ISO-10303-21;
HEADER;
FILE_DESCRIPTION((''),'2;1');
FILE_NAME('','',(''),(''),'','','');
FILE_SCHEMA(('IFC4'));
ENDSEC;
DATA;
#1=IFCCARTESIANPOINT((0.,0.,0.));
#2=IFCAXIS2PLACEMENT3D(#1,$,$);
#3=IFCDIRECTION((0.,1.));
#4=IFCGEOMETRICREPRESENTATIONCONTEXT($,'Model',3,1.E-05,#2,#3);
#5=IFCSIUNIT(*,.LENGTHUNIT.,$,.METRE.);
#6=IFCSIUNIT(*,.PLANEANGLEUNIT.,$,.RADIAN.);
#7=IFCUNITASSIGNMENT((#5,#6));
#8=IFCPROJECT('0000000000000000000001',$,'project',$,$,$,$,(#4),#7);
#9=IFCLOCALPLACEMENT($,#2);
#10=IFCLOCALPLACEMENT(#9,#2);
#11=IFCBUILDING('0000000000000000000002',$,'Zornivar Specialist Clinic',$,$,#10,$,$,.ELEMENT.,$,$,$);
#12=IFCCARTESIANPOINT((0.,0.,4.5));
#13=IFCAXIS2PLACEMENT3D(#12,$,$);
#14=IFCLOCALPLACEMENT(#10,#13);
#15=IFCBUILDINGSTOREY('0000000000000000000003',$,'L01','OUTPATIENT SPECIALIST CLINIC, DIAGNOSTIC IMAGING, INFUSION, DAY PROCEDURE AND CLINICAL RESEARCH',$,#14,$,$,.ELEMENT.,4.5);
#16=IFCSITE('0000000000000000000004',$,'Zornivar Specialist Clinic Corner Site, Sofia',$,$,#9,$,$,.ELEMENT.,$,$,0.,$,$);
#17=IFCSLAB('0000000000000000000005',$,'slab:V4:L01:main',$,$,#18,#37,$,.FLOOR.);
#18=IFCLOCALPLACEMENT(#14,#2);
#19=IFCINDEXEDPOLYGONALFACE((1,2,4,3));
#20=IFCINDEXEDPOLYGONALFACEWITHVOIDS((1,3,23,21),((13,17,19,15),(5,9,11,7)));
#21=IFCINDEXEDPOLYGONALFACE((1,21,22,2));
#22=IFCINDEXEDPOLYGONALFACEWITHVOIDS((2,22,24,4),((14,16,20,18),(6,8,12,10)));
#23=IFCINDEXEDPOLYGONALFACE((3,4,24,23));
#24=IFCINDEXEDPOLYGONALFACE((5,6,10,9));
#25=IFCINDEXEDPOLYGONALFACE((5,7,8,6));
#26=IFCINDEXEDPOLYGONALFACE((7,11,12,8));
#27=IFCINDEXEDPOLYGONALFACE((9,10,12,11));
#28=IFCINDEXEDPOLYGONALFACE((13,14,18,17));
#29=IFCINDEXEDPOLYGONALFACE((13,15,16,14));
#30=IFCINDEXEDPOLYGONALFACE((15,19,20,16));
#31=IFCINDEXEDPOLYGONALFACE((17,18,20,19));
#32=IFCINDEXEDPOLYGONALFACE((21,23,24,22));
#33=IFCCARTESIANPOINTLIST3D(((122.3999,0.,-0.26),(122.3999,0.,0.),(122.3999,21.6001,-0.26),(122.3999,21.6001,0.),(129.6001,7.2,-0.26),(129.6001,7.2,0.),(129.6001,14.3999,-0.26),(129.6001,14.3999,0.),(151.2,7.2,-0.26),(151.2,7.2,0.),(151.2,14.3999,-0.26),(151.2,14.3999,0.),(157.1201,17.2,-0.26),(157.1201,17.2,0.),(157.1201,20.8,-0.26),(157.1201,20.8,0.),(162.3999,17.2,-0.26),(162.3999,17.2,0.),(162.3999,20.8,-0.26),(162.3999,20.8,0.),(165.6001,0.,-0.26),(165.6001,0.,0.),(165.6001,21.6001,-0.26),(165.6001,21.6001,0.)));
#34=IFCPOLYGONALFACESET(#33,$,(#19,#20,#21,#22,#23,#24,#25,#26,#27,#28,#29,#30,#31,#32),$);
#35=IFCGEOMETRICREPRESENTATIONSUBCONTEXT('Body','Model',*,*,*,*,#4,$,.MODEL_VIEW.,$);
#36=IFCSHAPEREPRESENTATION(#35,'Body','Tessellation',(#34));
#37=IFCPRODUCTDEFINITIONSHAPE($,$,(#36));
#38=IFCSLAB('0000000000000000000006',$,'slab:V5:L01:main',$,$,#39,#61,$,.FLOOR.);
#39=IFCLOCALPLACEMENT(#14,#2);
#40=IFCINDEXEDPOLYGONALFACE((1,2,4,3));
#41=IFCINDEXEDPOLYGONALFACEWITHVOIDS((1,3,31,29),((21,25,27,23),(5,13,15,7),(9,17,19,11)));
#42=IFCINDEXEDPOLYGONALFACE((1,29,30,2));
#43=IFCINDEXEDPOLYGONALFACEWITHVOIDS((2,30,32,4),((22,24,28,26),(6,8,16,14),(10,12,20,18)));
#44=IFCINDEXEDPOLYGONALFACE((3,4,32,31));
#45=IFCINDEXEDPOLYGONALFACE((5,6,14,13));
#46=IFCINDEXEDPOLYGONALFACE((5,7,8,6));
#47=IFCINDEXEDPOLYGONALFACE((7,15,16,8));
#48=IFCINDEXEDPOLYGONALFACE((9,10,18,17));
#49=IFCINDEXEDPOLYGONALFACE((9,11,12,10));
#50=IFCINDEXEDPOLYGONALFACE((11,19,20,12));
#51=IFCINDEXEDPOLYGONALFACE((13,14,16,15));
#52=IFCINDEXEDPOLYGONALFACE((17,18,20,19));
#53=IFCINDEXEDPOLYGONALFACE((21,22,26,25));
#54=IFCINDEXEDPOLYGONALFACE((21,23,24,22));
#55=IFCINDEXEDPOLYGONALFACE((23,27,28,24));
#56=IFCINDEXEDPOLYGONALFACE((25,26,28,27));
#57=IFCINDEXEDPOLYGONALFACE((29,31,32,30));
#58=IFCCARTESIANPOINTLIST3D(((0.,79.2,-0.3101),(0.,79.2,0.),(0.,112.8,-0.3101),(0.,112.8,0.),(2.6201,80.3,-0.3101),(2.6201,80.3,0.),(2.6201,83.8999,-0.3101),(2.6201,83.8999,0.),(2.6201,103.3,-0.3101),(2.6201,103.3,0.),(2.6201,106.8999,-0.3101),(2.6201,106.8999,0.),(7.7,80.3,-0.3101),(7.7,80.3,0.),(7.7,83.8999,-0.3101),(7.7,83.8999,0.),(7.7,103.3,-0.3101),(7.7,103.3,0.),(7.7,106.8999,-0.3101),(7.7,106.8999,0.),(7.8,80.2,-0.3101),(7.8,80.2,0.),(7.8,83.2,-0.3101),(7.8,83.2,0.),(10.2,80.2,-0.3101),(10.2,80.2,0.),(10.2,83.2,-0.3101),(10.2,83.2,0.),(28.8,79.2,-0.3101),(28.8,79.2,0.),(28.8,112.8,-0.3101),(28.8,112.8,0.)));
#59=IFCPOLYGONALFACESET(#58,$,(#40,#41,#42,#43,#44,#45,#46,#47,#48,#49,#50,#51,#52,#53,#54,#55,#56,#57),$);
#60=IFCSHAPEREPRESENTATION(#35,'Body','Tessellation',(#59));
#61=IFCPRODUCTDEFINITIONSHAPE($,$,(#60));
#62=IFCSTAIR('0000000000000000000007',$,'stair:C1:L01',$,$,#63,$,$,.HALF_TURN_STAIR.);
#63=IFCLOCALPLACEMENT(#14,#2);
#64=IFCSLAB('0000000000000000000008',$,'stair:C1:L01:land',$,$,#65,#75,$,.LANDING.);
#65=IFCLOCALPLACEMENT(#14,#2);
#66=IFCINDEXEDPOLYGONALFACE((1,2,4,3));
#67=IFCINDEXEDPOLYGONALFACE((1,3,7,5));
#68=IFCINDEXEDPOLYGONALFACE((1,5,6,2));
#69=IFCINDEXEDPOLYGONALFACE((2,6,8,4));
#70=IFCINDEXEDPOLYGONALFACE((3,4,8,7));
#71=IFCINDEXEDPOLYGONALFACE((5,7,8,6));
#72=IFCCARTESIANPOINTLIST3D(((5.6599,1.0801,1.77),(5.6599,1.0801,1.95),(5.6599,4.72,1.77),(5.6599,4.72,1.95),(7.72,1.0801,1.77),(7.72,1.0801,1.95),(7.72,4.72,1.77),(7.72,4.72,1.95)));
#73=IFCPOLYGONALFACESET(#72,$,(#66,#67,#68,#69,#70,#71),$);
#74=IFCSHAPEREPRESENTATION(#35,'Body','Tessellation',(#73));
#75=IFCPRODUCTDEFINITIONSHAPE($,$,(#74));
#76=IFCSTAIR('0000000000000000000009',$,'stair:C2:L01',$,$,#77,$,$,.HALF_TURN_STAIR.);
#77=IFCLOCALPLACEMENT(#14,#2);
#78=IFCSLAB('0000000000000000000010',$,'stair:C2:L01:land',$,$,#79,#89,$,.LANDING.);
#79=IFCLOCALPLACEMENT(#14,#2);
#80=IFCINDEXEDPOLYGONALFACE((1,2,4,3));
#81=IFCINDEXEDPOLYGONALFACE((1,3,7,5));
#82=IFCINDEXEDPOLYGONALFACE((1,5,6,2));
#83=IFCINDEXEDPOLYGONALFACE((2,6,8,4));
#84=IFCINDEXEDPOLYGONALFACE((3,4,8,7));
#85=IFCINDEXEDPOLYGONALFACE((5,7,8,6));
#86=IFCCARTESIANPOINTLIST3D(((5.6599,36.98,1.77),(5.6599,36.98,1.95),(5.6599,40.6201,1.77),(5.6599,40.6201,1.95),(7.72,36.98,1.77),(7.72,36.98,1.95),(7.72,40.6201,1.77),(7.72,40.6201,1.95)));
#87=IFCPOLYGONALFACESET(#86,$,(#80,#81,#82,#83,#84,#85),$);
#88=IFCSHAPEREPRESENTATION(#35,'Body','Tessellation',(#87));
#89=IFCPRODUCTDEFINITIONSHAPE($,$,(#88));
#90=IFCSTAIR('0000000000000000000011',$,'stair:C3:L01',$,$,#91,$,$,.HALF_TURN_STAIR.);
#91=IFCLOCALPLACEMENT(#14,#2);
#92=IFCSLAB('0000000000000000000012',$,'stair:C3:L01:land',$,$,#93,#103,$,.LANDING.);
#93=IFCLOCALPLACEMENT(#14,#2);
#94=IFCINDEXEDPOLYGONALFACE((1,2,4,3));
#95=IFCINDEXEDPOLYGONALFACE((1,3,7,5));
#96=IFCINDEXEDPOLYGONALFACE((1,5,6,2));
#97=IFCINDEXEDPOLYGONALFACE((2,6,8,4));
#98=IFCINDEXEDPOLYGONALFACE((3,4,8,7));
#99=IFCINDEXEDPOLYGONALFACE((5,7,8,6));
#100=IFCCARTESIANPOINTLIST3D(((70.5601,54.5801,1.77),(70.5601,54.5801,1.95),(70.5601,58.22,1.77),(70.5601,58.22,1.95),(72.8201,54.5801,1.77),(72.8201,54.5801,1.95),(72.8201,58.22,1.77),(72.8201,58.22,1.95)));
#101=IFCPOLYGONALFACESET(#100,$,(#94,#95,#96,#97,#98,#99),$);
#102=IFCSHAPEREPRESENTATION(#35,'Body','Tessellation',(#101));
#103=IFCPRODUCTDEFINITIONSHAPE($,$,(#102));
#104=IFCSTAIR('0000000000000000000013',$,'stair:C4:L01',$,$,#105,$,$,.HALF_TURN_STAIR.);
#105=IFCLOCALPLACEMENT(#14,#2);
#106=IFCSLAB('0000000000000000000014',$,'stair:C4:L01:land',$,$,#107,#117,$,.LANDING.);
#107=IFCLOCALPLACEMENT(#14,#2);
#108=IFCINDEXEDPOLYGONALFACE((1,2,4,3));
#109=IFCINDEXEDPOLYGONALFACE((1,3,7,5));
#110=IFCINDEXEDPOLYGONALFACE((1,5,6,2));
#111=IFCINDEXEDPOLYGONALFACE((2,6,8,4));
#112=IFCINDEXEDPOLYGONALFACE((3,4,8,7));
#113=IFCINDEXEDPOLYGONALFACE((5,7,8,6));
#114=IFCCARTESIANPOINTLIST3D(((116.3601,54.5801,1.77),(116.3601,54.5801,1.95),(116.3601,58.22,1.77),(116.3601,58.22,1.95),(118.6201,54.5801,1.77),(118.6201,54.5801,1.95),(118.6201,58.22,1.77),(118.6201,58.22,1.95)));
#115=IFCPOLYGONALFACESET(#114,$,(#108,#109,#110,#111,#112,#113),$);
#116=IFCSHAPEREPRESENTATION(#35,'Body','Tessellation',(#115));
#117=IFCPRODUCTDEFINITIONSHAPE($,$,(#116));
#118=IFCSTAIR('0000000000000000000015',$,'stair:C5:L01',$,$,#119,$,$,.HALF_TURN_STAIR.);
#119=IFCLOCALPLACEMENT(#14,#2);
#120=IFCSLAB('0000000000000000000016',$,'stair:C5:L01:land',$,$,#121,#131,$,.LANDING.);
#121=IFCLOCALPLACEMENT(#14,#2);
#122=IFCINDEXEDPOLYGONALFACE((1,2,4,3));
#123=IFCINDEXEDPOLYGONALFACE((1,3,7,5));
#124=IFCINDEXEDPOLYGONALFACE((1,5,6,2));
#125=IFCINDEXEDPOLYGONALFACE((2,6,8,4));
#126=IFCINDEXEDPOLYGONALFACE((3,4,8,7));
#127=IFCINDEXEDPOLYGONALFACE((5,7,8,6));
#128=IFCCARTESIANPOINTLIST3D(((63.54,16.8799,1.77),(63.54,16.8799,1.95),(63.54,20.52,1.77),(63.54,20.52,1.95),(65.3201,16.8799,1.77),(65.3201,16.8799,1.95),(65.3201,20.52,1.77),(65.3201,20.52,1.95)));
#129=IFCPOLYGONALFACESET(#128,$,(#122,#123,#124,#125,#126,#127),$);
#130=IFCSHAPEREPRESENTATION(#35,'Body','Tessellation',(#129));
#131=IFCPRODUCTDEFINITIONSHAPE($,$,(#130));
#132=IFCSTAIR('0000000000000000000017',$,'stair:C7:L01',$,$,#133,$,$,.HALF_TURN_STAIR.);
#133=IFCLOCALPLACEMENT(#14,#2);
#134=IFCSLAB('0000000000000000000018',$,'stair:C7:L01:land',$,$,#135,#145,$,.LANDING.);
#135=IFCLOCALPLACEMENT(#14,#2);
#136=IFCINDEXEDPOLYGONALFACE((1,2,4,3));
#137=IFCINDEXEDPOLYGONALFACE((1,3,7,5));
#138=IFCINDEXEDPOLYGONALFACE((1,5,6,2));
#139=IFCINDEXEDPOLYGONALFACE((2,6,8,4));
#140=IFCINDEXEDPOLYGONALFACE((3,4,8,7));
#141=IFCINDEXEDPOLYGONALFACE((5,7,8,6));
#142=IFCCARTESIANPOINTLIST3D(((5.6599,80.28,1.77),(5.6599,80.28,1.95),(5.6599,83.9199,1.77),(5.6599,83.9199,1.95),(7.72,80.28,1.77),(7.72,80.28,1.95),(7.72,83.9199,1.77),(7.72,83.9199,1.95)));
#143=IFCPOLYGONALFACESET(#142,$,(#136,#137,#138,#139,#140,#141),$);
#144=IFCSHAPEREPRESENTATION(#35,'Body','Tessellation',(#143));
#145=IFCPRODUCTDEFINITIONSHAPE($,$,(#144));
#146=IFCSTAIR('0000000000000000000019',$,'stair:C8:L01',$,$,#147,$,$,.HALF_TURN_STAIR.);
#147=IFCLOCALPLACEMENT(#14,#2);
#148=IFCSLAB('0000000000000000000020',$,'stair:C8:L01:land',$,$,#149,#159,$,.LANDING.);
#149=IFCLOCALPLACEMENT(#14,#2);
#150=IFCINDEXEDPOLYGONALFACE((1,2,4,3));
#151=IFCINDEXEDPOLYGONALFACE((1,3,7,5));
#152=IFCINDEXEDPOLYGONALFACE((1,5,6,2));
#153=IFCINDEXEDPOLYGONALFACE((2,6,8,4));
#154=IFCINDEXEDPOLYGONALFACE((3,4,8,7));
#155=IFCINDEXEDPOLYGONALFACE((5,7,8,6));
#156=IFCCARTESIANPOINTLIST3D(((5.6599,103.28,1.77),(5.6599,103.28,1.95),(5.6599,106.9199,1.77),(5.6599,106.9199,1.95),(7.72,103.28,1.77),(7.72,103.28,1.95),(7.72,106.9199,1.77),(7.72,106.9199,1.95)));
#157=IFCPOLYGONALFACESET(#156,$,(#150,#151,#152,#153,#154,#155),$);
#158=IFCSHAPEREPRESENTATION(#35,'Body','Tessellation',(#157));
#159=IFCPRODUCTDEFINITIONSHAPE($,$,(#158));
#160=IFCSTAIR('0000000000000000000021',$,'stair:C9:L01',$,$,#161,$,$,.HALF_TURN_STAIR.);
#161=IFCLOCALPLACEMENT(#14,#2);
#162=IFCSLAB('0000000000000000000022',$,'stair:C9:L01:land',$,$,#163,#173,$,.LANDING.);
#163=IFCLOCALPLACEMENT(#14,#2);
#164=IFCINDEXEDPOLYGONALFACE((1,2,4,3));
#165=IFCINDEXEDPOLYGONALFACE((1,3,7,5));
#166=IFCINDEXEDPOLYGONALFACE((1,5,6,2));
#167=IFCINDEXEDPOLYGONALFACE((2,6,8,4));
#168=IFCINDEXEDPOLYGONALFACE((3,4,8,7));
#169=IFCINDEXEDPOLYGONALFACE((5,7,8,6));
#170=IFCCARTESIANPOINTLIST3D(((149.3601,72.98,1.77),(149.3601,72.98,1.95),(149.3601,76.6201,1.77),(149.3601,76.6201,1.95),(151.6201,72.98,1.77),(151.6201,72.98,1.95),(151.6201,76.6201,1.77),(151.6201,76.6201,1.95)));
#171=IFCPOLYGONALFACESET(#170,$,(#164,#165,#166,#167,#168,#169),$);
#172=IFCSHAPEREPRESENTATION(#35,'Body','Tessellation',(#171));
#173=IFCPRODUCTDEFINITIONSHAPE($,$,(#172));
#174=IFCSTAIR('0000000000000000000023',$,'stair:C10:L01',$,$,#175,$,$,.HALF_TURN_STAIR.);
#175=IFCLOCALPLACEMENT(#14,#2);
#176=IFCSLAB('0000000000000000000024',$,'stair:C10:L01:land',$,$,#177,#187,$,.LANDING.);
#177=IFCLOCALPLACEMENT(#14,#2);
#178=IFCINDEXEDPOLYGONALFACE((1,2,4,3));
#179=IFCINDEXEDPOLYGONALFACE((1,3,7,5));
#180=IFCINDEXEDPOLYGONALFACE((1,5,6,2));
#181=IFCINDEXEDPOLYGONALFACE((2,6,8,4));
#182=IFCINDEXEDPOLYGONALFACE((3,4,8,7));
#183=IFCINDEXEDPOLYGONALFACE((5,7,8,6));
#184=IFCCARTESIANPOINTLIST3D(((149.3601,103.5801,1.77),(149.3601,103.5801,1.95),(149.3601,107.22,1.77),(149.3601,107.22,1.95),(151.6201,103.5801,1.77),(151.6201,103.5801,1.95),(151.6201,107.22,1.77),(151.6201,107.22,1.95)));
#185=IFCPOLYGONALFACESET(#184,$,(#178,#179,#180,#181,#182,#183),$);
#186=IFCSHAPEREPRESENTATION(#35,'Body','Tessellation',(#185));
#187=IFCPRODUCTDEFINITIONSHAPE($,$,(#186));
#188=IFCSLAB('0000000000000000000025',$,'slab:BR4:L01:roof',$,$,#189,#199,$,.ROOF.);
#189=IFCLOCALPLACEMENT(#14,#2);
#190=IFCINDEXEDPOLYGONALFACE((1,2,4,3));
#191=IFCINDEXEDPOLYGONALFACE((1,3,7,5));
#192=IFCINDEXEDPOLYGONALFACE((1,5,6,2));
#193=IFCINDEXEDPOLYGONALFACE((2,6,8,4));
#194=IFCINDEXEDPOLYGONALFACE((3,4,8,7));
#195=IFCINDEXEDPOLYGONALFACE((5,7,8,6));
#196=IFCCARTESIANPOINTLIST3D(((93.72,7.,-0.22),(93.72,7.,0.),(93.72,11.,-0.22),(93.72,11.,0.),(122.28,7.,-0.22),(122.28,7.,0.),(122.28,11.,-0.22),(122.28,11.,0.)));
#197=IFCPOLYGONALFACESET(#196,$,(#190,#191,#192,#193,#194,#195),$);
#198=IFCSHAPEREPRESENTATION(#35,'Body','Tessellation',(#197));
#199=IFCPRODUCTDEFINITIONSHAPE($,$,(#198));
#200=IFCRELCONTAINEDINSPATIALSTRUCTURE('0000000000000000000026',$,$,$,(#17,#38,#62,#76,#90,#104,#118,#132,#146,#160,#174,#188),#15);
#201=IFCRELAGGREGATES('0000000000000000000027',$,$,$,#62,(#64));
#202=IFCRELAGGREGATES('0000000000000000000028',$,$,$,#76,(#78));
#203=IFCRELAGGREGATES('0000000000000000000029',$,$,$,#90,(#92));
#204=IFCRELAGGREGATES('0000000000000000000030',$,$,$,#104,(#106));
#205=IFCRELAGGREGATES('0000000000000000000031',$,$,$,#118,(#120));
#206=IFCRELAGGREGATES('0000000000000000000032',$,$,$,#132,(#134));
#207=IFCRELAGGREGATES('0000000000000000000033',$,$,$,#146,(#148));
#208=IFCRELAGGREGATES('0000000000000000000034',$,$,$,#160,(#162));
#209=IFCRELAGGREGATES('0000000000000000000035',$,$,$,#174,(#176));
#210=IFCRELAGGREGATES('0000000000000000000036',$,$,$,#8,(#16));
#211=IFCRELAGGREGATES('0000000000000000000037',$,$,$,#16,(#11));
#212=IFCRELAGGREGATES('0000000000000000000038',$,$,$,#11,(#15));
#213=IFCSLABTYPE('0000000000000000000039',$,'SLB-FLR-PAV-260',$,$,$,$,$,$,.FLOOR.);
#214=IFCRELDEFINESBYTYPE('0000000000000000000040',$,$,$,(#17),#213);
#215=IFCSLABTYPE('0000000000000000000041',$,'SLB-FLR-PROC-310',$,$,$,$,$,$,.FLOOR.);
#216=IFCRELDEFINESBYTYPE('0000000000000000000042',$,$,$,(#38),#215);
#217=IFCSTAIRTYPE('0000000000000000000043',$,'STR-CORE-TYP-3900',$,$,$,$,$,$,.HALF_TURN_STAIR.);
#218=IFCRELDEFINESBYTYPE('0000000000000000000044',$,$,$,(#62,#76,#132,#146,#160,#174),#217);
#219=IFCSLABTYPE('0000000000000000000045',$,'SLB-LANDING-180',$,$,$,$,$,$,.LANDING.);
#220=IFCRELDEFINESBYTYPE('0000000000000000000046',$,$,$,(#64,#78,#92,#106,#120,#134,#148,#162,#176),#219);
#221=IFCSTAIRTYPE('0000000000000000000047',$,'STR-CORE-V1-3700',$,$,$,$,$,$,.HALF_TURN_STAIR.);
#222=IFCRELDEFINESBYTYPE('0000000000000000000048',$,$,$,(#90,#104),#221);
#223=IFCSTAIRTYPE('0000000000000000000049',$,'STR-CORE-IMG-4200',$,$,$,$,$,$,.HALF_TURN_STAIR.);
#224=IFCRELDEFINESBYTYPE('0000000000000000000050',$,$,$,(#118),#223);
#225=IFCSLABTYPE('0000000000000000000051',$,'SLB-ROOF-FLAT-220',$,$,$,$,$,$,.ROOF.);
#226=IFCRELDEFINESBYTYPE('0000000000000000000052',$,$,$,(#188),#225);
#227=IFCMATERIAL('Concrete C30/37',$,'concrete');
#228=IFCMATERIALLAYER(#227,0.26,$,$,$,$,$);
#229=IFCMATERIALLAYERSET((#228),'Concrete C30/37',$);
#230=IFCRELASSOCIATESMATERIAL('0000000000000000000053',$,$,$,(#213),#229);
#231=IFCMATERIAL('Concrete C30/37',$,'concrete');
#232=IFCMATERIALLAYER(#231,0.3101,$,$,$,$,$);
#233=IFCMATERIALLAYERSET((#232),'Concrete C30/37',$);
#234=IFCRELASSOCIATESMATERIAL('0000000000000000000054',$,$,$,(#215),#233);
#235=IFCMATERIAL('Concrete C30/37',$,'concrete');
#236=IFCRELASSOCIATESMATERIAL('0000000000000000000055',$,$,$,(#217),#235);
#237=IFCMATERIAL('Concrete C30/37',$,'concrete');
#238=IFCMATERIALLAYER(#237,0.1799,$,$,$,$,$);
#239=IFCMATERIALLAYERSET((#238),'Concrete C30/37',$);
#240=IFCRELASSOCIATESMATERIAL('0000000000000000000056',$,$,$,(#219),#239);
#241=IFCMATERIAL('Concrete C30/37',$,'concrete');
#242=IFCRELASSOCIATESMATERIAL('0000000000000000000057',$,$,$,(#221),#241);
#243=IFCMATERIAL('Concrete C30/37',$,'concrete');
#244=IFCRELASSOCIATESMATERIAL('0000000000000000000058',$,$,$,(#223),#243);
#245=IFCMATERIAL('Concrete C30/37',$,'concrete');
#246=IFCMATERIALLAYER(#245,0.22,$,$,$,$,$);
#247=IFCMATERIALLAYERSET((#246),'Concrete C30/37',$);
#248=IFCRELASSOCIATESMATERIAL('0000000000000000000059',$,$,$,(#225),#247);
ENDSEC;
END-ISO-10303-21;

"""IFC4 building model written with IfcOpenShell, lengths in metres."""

from ifc_helpers import new_model, si_unit, direction, frame, origin, place, context, subcontext, project, spatial, polyline, outline, extrude, material, layer, layer_set, type_object, element, aggregate, save


model = new_model("IFC4")

# Units and contexts
model_context = context("Model", 3, precision=1e-05, world=origin(), true_north=direction((0.0, 1.0)))
body_context = subcontext(model_context, "Body", "Model", "MODEL_VIEW")
ifc_project = project(units=[si_unit("LENGTHUNIT", "METRE"), si_unit("PLANEANGLEUNIT", "RADIAN")], contexts=[model_context])

# Site, building, storey
site_placement = place(None, origin())
site = spatial("IfcSite", under=ifc_project, at=site_placement, Name="Zornivar Specialist Clinic Corner Site, Sofia", CompositionType="ELEMENT", RefElevation=0.0)
building_placement = place(site_placement, origin())
building = spatial("IfcBuilding", under=site, at=building_placement, Name="Zornivar Specialist Clinic", CompositionType="ELEMENT")
storey_placement = place(building_placement, frame((0.0, 0.0, 4.5)))
storey = spatial("IfcBuildingStorey", under=building, at=storey_placement, Name="L01", Description="OUTPATIENT SPECIALIST CLINIC, DIAGNOSTIC IMAGING, INFUSION, DAY PROCEDURE AND CLINICAL RESEARCH", CompositionType="ELEMENT", Elevation=4.5)

# Slabs
ifc_material_1 = material(Name="Concrete C30/37", Category="concrete")
ifc_layer_1 = layer(ifc_material_1, 0.26)
ifc_layer_set_1 = layer_set([ifc_layer_1], Name="Concrete C30/37")
slab_type_1 = type_object("IfcSlabType", Name="SLB-FLR-PAV-260", PredefinedType="FLOOR", material=ifc_layer_set_1)
slab_1_placement = place(storey_placement, frame((0.0, 0.0, -0.26)))
element("IfcSlab", 1, at=slab_1_placement, inside=storey, type_object=slab_type_1, Name="slab:V4:L01:main", PredefinedType="FLOOR", context=body_context, shape_type="SweptSolid", body=[
    extrude(outline(polyline([(122.3999, 0.0), (165.6001, 0.0), (165.6001, 21.6001), (122.3999, 21.6001), (122.3999, 0.0)]), holes=[polyline([(157.1201, 17.2), (162.3999, 17.2), (162.3999, 20.8), (157.1201, 20.8), (157.1201, 17.2)]), polyline([(129.6001, 7.2), (151.2, 7.2), (151.2, 14.3999), (129.6001, 14.3999), (129.6001, 7.2)])]), origin(), (0.0, 0.0, 1.0), 0.26),
])
ifc_material_2 = material(Name="Concrete C30/37", Category="concrete")
ifc_layer_2 = layer(ifc_material_2, 0.3101)
ifc_layer_set_2 = layer_set([ifc_layer_2], Name="Concrete C30/37")
slab_type_2 = type_object("IfcSlabType", Name="SLB-FLR-PROC-310", PredefinedType="FLOOR", material=ifc_layer_set_2)
slab_2_placement = place(storey_placement, frame((0.0, 0.0, -0.3101)))
element("IfcSlab", 2, at=slab_2_placement, inside=storey, type_object=slab_type_2, Name="slab:V5:L01:main", PredefinedType="FLOOR", context=body_context, shape_type="SweptSolid", body=[
    extrude(outline(polyline([(0.0, 79.2), (28.8, 79.2), (28.8, 112.8), (0.0, 112.8), (0.0, 79.2)]), holes=[polyline([(2.6201, 80.3), (7.7, 80.3), (7.7, 83.8999), (2.6201, 83.8999), (2.6201, 80.3)]), polyline([(7.8, 80.2), (10.2, 80.2), (10.2, 83.2), (7.8, 83.2), (7.8, 80.2)]), polyline([(2.6201, 103.3), (7.7, 103.3), (7.7, 106.8999), (2.6201, 106.8999), (2.6201, 103.3)])]), origin(), (0.0, 0.0, 1.0), 0.3101),
])

# Stairs, slabs
ifc_material_3 = material(Name="Concrete C30/37", Category="concrete")
stair_type_1 = type_object("IfcStairType", Name="STR-CORE-TYP-3900", PredefinedType="HALF_TURN_STAIR", material=ifc_material_3)
stair_1_placement = place(storey_placement, origin())
stair_1 = element("IfcStair", 3, at=stair_1_placement, inside=storey, type_object=stair_type_1, Name="stair:C1:L01", PredefinedType="HALF_TURN_STAIR")
ifc_material_4 = material(Name="Concrete C30/37", Category="concrete")
ifc_layer_3 = layer(ifc_material_4, 0.1799)
ifc_layer_set_3 = layer_set([ifc_layer_3], Name="Concrete C30/37")
slab_type_3 = type_object("IfcSlabType", Name="SLB-LANDING-180", PredefinedType="LANDING", material=ifc_layer_set_3)
slab_3_placement = place(storey_placement, frame((0.0, 0.0, 1.77)))
slab_3 = element("IfcSlab", 4, at=slab_3_placement, type_object=slab_type_3, Name="stair:C1:L01:land", PredefinedType="LANDING", context=body_context, shape_type="SweptSolid", body=[
    extrude(outline(polyline([(5.6599, 1.0801), (7.72, 1.0801), (7.72, 4.72), (5.6599, 4.72), (5.6599, 1.0801)])), origin(), (0.0, 0.0, 1.0), 0.1799),
])
aggregate(stair_1, [slab_3])
stair_2_placement = place(storey_placement, origin())
stair_2 = element("IfcStair", 5, at=stair_2_placement, inside=storey, type_object=stair_type_1, Name="stair:C2:L01", PredefinedType="HALF_TURN_STAIR")
slab_4_placement = place(storey_placement, frame((0.0, 0.0, 1.77)))
slab_4 = element("IfcSlab", 6, at=slab_4_placement, type_object=slab_type_3, Name="stair:C2:L01:land", PredefinedType="LANDING", context=body_context, shape_type="SweptSolid", body=[
    extrude(outline(polyline([(5.6599, 36.98), (7.72, 36.98), (7.72, 40.6201), (5.6599, 40.6201), (5.6599, 36.98)])), origin(), (0.0, 0.0, 1.0), 0.1799),
])
aggregate(stair_2, [slab_4])
ifc_material_5 = material(Name="Concrete C30/37", Category="concrete")
stair_type_2 = type_object("IfcStairType", Name="STR-CORE-V1-3700", PredefinedType="HALF_TURN_STAIR", material=ifc_material_5)
stair_3_placement = place(storey_placement, origin())
stair_3 = element("IfcStair", 7, at=stair_3_placement, inside=storey, type_object=stair_type_2, Name="stair:C3:L01", PredefinedType="HALF_TURN_STAIR")
slab_5_placement = place(storey_placement, frame((0.0, 0.0, 1.77)))
slab_5 = element("IfcSlab", 8, at=slab_5_placement, type_object=slab_type_3, Name="stair:C3:L01:land", PredefinedType="LANDING", context=body_context, shape_type="SweptSolid", body=[
    extrude(outline(polyline([(70.5601, 54.5801), (72.8201, 54.5801), (72.8201, 58.22), (70.5601, 58.22), (70.5601, 54.5801)])), origin(), (0.0, 0.0, 1.0), 0.1799),
])
aggregate(stair_3, [slab_5])
stair_4_placement = place(storey_placement, origin())
stair_4 = element("IfcStair", 9, at=stair_4_placement, inside=storey, type_object=stair_type_2, Name="stair:C4:L01", PredefinedType="HALF_TURN_STAIR")
slab_6_placement = place(storey_placement, frame((0.0, 0.0, 1.77)))
slab_6 = element("IfcSlab", 10, at=slab_6_placement, type_object=slab_type_3, Name="stair:C4:L01:land", PredefinedType="LANDING", context=body_context, shape_type="SweptSolid", body=[
    extrude(outline(polyline([(116.3601, 54.5801), (118.6201, 54.5801), (118.6201, 58.22), (116.3601, 58.22), (116.3601, 54.5801)])), origin(), (0.0, 0.0, 1.0), 0.1799),
])
aggregate(stair_4, [slab_6])
ifc_material_6 = material(Name="Concrete C30/37", Category="concrete")
stair_type_3 = type_object("IfcStairType", Name="STR-CORE-IMG-4200", PredefinedType="HALF_TURN_STAIR", material=ifc_material_6)
stair_5_placement = place(storey_placement, origin())
stair_5 = element("IfcStair", 11, at=stair_5_placement, inside=storey, type_object=stair_type_3, Name="stair:C5:L01", PredefinedType="HALF_TURN_STAIR")
slab_7_placement = place(storey_placement, frame((0.0, 0.0, 1.77)))
slab_7 = element("IfcSlab", 12, at=slab_7_placement, type_object=slab_type_3, Name="stair:C5:L01:land", PredefinedType="LANDING", context=body_context, shape_type="SweptSolid", body=[
    extrude(outline(polyline([(63.54, 16.8799), (65.3201, 16.8799), (65.3201, 20.52), (63.54, 20.52), (63.54, 16.8799)])), origin(), (0.0, 0.0, 1.0), 0.1799),
])
aggregate(stair_5, [slab_7])
stair_6_placement = place(storey_placement, origin())
stair_6 = element("IfcStair", 13, at=stair_6_placement, inside=storey, type_object=stair_type_1, Name="stair:C7:L01", PredefinedType="HALF_TURN_STAIR")
slab_8_placement = place(storey_placement, frame((0.0, 0.0, 1.77)))
slab_8 = element("IfcSlab", 14, at=slab_8_placement, type_object=slab_type_3, Name="stair:C7:L01:land", PredefinedType="LANDING", context=body_context, shape_type="SweptSolid", body=[
    extrude(outline(polyline([(5.6599, 80.28), (7.72, 80.28), (7.72, 83.9199), (5.6599, 83.9199), (5.6599, 80.28)])), origin(), (0.0, 0.0, 1.0), 0.1799),
])
aggregate(stair_6, [slab_8])
stair_7_placement = place(storey_placement, origin())
stair_7 = element("IfcStair", 15, at=stair_7_placement, inside=storey, type_object=stair_type_1, Name="stair:C8:L01", PredefinedType="HALF_TURN_STAIR")
slab_9_placement = place(storey_placement, frame((0.0, 0.0, 1.77)))
slab_9 = element("IfcSlab", 16, at=slab_9_placement, type_object=slab_type_3, Name="stair:C8:L01:land", PredefinedType="LANDING", context=body_context, shape_type="SweptSolid", body=[
    extrude(outline(polyline([(5.6599, 103.28), (7.72, 103.28), (7.72, 106.9199), (5.6599, 106.9199), (5.6599, 103.28)])), origin(), (0.0, 0.0, 1.0), 0.1799),
])
aggregate(stair_7, [slab_9])
stair_8_placement = place(storey_placement, origin())
stair_8 = element("IfcStair", 17, at=stair_8_placement, inside=storey, type_object=stair_type_1, Name="stair:C9:L01", PredefinedType="HALF_TURN_STAIR")
slab_10_placement = place(storey_placement, frame((0.0, 0.0, 1.77)))
slab_10 = element("IfcSlab", 18, at=slab_10_placement, type_object=slab_type_3, Name="stair:C9:L01:land", PredefinedType="LANDING", context=body_context, shape_type="SweptSolid", body=[
    extrude(outline(polyline([(149.3601, 72.98), (151.6201, 72.98), (151.6201, 76.6201), (149.3601, 76.6201), (149.3601, 72.98)])), origin(), (0.0, 0.0, 1.0), 0.1799),
])
aggregate(stair_8, [slab_10])
stair_9_placement = place(storey_placement, origin())
stair_9 = element("IfcStair", 19, at=stair_9_placement, inside=storey, type_object=stair_type_1, Name="stair:C10:L01", PredefinedType="HALF_TURN_STAIR")
slab_11_placement = place(storey_placement, frame((0.0, 0.0, 1.77)))
slab_11 = element("IfcSlab", 20, at=slab_11_placement, type_object=slab_type_3, Name="stair:C10:L01:land", PredefinedType="LANDING", context=body_context, shape_type="SweptSolid", body=[
    extrude(outline(polyline([(149.3601, 103.5801), (151.6201, 103.5801), (151.6201, 107.22), (149.3601, 107.22), (149.3601, 103.5801)])), origin(), (0.0, 0.0, 1.0), 0.1799),
])
aggregate(stair_9, [slab_11])

# Slab
ifc_material_7 = material(Name="Concrete C30/37", Category="concrete")
ifc_layer_4 = layer(ifc_material_7, 0.22)
ifc_layer_set_4 = layer_set([ifc_layer_4], Name="Concrete C30/37")
slab_type_4 = type_object("IfcSlabType", Name="SLB-ROOF-FLAT-220", PredefinedType="ROOF", material=ifc_layer_set_4)
slab_12_placement = place(storey_placement, frame((0.0, 0.0, -0.22)))
element("IfcSlab", 21, at=slab_12_placement, inside=storey, type_object=slab_type_4, Name="slab:BR4:L01:roof", PredefinedType="ROOF", context=body_context, shape_type="SweptSolid", body=[
    extrude(outline(polyline([(93.72, 7.0), (122.28, 7.0), (122.28, 11.0), (93.72, 11.0), (93.72, 7.0)])), origin(), (0.0, 0.0, 1.0), 0.22),
])

save(model, "model.ifc")
